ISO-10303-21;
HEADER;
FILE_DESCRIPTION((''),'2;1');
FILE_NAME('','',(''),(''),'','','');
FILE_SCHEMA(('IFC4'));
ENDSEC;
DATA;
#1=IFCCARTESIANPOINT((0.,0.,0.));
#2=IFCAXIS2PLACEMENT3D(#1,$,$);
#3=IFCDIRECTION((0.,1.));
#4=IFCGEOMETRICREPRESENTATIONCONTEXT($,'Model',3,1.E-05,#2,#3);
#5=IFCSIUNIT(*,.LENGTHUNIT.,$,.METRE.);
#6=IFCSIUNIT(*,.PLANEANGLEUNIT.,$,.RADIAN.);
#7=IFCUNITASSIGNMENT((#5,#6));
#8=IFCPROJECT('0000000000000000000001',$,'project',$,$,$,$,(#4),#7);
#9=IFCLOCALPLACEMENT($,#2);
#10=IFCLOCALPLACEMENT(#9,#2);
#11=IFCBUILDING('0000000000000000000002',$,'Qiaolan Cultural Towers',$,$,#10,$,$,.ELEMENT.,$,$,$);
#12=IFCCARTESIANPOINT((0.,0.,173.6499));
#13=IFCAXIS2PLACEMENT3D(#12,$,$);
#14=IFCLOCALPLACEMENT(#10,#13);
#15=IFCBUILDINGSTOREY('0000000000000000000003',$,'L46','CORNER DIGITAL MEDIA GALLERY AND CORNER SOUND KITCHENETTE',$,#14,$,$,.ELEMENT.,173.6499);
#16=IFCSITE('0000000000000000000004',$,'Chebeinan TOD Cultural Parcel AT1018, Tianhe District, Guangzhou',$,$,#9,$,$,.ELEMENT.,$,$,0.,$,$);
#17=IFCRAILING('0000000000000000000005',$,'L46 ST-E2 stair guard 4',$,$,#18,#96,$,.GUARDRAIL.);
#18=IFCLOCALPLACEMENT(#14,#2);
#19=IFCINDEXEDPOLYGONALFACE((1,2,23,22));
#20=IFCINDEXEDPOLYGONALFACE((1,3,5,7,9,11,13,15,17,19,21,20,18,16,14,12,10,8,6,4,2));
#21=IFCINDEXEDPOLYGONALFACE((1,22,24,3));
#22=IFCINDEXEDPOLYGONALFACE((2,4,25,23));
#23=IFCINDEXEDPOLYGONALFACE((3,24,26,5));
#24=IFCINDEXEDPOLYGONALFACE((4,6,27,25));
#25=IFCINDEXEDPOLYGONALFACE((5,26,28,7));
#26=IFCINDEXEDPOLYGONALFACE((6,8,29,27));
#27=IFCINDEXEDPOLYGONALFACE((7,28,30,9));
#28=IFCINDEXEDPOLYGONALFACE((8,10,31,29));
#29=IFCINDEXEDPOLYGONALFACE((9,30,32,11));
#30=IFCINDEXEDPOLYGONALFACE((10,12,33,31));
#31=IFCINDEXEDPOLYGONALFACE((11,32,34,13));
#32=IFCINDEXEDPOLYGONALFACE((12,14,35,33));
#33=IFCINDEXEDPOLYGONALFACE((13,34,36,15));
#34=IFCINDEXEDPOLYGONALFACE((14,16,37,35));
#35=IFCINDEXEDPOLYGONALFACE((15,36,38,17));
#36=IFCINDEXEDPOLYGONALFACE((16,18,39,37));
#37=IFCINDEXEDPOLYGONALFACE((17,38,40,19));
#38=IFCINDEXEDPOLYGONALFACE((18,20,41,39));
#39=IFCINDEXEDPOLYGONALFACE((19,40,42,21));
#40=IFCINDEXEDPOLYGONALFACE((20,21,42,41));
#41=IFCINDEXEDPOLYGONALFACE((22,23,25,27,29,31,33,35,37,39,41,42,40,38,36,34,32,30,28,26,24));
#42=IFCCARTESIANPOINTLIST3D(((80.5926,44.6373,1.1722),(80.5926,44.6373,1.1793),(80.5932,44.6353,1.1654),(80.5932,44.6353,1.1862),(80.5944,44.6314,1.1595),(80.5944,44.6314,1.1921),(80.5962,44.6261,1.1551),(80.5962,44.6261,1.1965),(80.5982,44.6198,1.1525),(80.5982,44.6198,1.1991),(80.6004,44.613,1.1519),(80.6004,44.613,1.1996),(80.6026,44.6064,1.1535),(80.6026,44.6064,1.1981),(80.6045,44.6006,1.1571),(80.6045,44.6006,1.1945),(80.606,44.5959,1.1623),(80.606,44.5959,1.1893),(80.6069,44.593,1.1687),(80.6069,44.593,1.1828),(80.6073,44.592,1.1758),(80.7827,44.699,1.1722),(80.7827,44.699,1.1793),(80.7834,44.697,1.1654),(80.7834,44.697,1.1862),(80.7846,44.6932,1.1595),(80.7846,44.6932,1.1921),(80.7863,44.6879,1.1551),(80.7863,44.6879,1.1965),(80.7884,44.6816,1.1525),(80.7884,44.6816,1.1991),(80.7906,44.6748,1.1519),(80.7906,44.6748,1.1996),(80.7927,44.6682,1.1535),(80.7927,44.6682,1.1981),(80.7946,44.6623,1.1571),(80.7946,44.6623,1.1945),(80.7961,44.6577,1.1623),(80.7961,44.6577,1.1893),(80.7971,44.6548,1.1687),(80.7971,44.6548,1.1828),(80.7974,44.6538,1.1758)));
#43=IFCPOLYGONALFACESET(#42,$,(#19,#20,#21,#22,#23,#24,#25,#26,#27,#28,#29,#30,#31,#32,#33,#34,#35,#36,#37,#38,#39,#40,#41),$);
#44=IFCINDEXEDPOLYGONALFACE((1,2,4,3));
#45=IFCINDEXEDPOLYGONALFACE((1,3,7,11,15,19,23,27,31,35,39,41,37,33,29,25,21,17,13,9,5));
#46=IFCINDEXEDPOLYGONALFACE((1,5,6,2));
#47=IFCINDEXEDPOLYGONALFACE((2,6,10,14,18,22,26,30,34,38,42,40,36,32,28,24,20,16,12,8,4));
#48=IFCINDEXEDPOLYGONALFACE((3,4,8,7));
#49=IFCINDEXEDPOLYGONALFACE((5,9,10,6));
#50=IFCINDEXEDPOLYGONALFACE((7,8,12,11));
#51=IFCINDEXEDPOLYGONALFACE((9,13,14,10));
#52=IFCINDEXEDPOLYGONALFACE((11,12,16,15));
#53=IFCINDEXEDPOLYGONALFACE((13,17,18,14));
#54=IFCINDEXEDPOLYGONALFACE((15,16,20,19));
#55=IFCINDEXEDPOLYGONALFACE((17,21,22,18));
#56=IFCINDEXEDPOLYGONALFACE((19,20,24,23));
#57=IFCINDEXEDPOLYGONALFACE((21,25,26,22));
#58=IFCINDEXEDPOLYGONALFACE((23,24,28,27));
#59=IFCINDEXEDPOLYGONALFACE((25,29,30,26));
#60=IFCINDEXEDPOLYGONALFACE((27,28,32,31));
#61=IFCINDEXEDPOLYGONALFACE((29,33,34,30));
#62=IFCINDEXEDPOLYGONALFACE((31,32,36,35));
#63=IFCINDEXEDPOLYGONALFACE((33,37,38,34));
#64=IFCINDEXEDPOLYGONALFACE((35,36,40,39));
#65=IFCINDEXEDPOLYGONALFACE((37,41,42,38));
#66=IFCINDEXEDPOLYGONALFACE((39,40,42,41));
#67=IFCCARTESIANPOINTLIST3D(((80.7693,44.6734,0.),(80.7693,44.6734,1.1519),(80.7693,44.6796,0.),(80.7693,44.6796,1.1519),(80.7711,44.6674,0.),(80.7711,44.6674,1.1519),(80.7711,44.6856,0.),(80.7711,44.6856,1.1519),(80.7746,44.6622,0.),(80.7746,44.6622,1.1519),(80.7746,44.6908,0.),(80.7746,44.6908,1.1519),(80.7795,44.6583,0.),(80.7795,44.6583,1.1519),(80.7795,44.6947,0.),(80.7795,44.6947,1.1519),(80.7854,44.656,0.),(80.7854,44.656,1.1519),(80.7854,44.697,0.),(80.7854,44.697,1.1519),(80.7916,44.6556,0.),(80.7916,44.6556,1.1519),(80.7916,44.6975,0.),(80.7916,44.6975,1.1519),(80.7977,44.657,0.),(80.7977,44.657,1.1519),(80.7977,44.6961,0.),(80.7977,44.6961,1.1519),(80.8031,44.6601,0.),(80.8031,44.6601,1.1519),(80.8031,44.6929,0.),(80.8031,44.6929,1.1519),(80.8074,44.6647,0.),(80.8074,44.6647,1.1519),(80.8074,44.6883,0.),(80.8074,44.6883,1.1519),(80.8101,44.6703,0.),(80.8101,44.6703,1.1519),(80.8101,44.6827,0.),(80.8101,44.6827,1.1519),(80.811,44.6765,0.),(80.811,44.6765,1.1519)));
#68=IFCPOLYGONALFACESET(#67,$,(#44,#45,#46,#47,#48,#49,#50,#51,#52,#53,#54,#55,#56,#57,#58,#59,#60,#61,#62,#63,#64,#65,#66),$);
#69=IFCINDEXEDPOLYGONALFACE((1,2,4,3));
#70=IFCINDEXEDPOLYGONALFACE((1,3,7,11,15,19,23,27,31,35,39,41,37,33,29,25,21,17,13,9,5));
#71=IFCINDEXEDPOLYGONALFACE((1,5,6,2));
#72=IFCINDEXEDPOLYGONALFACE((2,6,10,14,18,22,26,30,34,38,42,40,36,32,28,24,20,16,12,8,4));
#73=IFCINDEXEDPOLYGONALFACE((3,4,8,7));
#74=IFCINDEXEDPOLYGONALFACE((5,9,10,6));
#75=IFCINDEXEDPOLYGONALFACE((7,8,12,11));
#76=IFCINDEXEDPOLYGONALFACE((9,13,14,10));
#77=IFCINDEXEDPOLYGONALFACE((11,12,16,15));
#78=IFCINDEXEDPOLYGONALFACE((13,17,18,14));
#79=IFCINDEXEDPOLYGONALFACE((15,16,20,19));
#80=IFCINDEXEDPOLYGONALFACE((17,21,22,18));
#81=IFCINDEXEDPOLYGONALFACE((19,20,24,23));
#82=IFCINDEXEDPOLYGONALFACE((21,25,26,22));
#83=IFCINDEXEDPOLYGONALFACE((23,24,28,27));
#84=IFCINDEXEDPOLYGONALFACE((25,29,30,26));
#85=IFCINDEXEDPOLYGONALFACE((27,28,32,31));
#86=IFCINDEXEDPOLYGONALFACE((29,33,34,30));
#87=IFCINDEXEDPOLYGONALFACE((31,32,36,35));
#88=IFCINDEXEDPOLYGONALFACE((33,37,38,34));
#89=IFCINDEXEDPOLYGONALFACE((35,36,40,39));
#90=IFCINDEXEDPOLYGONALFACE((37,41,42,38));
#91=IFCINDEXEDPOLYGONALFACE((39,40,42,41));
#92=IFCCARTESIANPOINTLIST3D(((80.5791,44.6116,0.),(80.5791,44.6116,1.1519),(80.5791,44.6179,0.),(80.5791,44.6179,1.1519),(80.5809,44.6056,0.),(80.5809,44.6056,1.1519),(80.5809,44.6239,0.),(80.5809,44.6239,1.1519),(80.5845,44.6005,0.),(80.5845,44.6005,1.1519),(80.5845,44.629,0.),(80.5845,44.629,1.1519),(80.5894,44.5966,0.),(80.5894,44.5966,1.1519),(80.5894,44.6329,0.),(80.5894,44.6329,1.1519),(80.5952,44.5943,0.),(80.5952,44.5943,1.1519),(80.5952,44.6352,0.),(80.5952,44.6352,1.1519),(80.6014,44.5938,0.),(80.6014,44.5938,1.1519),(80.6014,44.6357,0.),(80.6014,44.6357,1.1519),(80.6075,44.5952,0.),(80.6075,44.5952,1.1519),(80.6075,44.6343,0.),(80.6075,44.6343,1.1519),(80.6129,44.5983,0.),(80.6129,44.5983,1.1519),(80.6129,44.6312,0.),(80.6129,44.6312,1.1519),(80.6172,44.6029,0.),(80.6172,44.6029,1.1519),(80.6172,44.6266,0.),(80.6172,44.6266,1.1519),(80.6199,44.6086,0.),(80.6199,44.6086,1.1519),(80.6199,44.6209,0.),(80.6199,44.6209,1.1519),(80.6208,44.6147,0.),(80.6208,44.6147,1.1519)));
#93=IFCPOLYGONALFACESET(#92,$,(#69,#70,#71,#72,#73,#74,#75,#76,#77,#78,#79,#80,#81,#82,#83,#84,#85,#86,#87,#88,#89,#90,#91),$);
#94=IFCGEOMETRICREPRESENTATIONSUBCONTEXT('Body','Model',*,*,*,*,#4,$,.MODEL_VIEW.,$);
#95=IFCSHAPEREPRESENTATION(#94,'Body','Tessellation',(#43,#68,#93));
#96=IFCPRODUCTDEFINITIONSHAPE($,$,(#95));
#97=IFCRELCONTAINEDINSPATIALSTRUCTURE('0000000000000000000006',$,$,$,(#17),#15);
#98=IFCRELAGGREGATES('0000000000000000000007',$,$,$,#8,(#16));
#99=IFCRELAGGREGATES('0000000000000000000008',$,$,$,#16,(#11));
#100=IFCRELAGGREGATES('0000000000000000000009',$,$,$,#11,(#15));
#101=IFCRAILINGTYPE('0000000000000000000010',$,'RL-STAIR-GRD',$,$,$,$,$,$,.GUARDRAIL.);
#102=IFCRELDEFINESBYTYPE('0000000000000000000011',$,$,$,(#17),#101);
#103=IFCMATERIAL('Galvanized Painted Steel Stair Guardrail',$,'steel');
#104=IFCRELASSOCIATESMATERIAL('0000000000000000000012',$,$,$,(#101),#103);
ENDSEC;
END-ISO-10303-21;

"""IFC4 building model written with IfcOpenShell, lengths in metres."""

from ifc_helpers import new_model, si_unit, direction, frame, origin, origin_2d, place, context, subcontext, project, spatial, circle, extrude, material, type_object, element, save


model = new_model("IFC4")

# Units and contexts
model_context = context("Model", 3, precision=1e-05, world=origin(), true_north=direction((0.0, 1.0)))
body_context = subcontext(model_context, "Body", "Model", "MODEL_VIEW")
ifc_project = project(units=[si_unit("LENGTHUNIT", "METRE"), si_unit("PLANEANGLEUNIT", "RADIAN")], contexts=[model_context])

# Site, building, storey
site_placement = place(None, origin())
site = spatial("IfcSite", under=ifc_project, at=site_placement, Name="Chebeinan TOD Cultural Parcel AT1018, Tianhe District, Guangzhou", CompositionType="ELEMENT", RefElevation=0.0)
building_placement = place(site_placement, origin())
building = spatial("IfcBuilding", under=site, at=building_placement, Name="Qiaolan Cultural Towers", CompositionType="ELEMENT")
storey_placement = place(building_placement, frame((0.0, 0.0, 173.6499)))
storey = spatial("IfcBuildingStorey", under=building, at=storey_placement, Name="L46", Description="CORNER DIGITAL MEDIA GALLERY AND CORNER SOUND KITCHENETTE", CompositionType="ELEMENT", Elevation=173.6499)

# Railing
ifc_material_1 = material(Name="Galvanized Painted Steel Stair Guardrail", Category="steel")
railing_type_1 = type_object("IfcRailingType", Name="RL-STAIR-GRD", PredefinedType="GUARDRAIL", material=ifc_material_1)
railing_1_placement = place(storey_placement, frame((80.79, 44.6765, 0.0)))
element("IfcRailing", 1, at=railing_1_placement, inside=storey, type_object=railing_type_1, Name="L46 ST-E2 stair guard 4", PredefinedType="GUARDRAIL", context=body_context, shape_type="SweptSolid", body=[
    extrude(circle(Radius=0.0239, at=origin_2d()), frame((0.0, 0.0, 1.1758), z_axis=(-0.951097, -0.308893, 0.0), x_axis=(0.308893, -0.951097, 0.0)), (0.0, 0.0, 1.0), 0.2),
    extrude(circle(Radius=0.021, at=origin_2d()), origin(), (0.0, 0.0, 1.0), 1.1519),
    extrude(circle(Radius=0.021, at=origin_2d()), frame((-0.1902, -0.0618, 0.0)), (0.0, 0.0, 1.0), 1.1519),
])

save(model, "model.ifc")
